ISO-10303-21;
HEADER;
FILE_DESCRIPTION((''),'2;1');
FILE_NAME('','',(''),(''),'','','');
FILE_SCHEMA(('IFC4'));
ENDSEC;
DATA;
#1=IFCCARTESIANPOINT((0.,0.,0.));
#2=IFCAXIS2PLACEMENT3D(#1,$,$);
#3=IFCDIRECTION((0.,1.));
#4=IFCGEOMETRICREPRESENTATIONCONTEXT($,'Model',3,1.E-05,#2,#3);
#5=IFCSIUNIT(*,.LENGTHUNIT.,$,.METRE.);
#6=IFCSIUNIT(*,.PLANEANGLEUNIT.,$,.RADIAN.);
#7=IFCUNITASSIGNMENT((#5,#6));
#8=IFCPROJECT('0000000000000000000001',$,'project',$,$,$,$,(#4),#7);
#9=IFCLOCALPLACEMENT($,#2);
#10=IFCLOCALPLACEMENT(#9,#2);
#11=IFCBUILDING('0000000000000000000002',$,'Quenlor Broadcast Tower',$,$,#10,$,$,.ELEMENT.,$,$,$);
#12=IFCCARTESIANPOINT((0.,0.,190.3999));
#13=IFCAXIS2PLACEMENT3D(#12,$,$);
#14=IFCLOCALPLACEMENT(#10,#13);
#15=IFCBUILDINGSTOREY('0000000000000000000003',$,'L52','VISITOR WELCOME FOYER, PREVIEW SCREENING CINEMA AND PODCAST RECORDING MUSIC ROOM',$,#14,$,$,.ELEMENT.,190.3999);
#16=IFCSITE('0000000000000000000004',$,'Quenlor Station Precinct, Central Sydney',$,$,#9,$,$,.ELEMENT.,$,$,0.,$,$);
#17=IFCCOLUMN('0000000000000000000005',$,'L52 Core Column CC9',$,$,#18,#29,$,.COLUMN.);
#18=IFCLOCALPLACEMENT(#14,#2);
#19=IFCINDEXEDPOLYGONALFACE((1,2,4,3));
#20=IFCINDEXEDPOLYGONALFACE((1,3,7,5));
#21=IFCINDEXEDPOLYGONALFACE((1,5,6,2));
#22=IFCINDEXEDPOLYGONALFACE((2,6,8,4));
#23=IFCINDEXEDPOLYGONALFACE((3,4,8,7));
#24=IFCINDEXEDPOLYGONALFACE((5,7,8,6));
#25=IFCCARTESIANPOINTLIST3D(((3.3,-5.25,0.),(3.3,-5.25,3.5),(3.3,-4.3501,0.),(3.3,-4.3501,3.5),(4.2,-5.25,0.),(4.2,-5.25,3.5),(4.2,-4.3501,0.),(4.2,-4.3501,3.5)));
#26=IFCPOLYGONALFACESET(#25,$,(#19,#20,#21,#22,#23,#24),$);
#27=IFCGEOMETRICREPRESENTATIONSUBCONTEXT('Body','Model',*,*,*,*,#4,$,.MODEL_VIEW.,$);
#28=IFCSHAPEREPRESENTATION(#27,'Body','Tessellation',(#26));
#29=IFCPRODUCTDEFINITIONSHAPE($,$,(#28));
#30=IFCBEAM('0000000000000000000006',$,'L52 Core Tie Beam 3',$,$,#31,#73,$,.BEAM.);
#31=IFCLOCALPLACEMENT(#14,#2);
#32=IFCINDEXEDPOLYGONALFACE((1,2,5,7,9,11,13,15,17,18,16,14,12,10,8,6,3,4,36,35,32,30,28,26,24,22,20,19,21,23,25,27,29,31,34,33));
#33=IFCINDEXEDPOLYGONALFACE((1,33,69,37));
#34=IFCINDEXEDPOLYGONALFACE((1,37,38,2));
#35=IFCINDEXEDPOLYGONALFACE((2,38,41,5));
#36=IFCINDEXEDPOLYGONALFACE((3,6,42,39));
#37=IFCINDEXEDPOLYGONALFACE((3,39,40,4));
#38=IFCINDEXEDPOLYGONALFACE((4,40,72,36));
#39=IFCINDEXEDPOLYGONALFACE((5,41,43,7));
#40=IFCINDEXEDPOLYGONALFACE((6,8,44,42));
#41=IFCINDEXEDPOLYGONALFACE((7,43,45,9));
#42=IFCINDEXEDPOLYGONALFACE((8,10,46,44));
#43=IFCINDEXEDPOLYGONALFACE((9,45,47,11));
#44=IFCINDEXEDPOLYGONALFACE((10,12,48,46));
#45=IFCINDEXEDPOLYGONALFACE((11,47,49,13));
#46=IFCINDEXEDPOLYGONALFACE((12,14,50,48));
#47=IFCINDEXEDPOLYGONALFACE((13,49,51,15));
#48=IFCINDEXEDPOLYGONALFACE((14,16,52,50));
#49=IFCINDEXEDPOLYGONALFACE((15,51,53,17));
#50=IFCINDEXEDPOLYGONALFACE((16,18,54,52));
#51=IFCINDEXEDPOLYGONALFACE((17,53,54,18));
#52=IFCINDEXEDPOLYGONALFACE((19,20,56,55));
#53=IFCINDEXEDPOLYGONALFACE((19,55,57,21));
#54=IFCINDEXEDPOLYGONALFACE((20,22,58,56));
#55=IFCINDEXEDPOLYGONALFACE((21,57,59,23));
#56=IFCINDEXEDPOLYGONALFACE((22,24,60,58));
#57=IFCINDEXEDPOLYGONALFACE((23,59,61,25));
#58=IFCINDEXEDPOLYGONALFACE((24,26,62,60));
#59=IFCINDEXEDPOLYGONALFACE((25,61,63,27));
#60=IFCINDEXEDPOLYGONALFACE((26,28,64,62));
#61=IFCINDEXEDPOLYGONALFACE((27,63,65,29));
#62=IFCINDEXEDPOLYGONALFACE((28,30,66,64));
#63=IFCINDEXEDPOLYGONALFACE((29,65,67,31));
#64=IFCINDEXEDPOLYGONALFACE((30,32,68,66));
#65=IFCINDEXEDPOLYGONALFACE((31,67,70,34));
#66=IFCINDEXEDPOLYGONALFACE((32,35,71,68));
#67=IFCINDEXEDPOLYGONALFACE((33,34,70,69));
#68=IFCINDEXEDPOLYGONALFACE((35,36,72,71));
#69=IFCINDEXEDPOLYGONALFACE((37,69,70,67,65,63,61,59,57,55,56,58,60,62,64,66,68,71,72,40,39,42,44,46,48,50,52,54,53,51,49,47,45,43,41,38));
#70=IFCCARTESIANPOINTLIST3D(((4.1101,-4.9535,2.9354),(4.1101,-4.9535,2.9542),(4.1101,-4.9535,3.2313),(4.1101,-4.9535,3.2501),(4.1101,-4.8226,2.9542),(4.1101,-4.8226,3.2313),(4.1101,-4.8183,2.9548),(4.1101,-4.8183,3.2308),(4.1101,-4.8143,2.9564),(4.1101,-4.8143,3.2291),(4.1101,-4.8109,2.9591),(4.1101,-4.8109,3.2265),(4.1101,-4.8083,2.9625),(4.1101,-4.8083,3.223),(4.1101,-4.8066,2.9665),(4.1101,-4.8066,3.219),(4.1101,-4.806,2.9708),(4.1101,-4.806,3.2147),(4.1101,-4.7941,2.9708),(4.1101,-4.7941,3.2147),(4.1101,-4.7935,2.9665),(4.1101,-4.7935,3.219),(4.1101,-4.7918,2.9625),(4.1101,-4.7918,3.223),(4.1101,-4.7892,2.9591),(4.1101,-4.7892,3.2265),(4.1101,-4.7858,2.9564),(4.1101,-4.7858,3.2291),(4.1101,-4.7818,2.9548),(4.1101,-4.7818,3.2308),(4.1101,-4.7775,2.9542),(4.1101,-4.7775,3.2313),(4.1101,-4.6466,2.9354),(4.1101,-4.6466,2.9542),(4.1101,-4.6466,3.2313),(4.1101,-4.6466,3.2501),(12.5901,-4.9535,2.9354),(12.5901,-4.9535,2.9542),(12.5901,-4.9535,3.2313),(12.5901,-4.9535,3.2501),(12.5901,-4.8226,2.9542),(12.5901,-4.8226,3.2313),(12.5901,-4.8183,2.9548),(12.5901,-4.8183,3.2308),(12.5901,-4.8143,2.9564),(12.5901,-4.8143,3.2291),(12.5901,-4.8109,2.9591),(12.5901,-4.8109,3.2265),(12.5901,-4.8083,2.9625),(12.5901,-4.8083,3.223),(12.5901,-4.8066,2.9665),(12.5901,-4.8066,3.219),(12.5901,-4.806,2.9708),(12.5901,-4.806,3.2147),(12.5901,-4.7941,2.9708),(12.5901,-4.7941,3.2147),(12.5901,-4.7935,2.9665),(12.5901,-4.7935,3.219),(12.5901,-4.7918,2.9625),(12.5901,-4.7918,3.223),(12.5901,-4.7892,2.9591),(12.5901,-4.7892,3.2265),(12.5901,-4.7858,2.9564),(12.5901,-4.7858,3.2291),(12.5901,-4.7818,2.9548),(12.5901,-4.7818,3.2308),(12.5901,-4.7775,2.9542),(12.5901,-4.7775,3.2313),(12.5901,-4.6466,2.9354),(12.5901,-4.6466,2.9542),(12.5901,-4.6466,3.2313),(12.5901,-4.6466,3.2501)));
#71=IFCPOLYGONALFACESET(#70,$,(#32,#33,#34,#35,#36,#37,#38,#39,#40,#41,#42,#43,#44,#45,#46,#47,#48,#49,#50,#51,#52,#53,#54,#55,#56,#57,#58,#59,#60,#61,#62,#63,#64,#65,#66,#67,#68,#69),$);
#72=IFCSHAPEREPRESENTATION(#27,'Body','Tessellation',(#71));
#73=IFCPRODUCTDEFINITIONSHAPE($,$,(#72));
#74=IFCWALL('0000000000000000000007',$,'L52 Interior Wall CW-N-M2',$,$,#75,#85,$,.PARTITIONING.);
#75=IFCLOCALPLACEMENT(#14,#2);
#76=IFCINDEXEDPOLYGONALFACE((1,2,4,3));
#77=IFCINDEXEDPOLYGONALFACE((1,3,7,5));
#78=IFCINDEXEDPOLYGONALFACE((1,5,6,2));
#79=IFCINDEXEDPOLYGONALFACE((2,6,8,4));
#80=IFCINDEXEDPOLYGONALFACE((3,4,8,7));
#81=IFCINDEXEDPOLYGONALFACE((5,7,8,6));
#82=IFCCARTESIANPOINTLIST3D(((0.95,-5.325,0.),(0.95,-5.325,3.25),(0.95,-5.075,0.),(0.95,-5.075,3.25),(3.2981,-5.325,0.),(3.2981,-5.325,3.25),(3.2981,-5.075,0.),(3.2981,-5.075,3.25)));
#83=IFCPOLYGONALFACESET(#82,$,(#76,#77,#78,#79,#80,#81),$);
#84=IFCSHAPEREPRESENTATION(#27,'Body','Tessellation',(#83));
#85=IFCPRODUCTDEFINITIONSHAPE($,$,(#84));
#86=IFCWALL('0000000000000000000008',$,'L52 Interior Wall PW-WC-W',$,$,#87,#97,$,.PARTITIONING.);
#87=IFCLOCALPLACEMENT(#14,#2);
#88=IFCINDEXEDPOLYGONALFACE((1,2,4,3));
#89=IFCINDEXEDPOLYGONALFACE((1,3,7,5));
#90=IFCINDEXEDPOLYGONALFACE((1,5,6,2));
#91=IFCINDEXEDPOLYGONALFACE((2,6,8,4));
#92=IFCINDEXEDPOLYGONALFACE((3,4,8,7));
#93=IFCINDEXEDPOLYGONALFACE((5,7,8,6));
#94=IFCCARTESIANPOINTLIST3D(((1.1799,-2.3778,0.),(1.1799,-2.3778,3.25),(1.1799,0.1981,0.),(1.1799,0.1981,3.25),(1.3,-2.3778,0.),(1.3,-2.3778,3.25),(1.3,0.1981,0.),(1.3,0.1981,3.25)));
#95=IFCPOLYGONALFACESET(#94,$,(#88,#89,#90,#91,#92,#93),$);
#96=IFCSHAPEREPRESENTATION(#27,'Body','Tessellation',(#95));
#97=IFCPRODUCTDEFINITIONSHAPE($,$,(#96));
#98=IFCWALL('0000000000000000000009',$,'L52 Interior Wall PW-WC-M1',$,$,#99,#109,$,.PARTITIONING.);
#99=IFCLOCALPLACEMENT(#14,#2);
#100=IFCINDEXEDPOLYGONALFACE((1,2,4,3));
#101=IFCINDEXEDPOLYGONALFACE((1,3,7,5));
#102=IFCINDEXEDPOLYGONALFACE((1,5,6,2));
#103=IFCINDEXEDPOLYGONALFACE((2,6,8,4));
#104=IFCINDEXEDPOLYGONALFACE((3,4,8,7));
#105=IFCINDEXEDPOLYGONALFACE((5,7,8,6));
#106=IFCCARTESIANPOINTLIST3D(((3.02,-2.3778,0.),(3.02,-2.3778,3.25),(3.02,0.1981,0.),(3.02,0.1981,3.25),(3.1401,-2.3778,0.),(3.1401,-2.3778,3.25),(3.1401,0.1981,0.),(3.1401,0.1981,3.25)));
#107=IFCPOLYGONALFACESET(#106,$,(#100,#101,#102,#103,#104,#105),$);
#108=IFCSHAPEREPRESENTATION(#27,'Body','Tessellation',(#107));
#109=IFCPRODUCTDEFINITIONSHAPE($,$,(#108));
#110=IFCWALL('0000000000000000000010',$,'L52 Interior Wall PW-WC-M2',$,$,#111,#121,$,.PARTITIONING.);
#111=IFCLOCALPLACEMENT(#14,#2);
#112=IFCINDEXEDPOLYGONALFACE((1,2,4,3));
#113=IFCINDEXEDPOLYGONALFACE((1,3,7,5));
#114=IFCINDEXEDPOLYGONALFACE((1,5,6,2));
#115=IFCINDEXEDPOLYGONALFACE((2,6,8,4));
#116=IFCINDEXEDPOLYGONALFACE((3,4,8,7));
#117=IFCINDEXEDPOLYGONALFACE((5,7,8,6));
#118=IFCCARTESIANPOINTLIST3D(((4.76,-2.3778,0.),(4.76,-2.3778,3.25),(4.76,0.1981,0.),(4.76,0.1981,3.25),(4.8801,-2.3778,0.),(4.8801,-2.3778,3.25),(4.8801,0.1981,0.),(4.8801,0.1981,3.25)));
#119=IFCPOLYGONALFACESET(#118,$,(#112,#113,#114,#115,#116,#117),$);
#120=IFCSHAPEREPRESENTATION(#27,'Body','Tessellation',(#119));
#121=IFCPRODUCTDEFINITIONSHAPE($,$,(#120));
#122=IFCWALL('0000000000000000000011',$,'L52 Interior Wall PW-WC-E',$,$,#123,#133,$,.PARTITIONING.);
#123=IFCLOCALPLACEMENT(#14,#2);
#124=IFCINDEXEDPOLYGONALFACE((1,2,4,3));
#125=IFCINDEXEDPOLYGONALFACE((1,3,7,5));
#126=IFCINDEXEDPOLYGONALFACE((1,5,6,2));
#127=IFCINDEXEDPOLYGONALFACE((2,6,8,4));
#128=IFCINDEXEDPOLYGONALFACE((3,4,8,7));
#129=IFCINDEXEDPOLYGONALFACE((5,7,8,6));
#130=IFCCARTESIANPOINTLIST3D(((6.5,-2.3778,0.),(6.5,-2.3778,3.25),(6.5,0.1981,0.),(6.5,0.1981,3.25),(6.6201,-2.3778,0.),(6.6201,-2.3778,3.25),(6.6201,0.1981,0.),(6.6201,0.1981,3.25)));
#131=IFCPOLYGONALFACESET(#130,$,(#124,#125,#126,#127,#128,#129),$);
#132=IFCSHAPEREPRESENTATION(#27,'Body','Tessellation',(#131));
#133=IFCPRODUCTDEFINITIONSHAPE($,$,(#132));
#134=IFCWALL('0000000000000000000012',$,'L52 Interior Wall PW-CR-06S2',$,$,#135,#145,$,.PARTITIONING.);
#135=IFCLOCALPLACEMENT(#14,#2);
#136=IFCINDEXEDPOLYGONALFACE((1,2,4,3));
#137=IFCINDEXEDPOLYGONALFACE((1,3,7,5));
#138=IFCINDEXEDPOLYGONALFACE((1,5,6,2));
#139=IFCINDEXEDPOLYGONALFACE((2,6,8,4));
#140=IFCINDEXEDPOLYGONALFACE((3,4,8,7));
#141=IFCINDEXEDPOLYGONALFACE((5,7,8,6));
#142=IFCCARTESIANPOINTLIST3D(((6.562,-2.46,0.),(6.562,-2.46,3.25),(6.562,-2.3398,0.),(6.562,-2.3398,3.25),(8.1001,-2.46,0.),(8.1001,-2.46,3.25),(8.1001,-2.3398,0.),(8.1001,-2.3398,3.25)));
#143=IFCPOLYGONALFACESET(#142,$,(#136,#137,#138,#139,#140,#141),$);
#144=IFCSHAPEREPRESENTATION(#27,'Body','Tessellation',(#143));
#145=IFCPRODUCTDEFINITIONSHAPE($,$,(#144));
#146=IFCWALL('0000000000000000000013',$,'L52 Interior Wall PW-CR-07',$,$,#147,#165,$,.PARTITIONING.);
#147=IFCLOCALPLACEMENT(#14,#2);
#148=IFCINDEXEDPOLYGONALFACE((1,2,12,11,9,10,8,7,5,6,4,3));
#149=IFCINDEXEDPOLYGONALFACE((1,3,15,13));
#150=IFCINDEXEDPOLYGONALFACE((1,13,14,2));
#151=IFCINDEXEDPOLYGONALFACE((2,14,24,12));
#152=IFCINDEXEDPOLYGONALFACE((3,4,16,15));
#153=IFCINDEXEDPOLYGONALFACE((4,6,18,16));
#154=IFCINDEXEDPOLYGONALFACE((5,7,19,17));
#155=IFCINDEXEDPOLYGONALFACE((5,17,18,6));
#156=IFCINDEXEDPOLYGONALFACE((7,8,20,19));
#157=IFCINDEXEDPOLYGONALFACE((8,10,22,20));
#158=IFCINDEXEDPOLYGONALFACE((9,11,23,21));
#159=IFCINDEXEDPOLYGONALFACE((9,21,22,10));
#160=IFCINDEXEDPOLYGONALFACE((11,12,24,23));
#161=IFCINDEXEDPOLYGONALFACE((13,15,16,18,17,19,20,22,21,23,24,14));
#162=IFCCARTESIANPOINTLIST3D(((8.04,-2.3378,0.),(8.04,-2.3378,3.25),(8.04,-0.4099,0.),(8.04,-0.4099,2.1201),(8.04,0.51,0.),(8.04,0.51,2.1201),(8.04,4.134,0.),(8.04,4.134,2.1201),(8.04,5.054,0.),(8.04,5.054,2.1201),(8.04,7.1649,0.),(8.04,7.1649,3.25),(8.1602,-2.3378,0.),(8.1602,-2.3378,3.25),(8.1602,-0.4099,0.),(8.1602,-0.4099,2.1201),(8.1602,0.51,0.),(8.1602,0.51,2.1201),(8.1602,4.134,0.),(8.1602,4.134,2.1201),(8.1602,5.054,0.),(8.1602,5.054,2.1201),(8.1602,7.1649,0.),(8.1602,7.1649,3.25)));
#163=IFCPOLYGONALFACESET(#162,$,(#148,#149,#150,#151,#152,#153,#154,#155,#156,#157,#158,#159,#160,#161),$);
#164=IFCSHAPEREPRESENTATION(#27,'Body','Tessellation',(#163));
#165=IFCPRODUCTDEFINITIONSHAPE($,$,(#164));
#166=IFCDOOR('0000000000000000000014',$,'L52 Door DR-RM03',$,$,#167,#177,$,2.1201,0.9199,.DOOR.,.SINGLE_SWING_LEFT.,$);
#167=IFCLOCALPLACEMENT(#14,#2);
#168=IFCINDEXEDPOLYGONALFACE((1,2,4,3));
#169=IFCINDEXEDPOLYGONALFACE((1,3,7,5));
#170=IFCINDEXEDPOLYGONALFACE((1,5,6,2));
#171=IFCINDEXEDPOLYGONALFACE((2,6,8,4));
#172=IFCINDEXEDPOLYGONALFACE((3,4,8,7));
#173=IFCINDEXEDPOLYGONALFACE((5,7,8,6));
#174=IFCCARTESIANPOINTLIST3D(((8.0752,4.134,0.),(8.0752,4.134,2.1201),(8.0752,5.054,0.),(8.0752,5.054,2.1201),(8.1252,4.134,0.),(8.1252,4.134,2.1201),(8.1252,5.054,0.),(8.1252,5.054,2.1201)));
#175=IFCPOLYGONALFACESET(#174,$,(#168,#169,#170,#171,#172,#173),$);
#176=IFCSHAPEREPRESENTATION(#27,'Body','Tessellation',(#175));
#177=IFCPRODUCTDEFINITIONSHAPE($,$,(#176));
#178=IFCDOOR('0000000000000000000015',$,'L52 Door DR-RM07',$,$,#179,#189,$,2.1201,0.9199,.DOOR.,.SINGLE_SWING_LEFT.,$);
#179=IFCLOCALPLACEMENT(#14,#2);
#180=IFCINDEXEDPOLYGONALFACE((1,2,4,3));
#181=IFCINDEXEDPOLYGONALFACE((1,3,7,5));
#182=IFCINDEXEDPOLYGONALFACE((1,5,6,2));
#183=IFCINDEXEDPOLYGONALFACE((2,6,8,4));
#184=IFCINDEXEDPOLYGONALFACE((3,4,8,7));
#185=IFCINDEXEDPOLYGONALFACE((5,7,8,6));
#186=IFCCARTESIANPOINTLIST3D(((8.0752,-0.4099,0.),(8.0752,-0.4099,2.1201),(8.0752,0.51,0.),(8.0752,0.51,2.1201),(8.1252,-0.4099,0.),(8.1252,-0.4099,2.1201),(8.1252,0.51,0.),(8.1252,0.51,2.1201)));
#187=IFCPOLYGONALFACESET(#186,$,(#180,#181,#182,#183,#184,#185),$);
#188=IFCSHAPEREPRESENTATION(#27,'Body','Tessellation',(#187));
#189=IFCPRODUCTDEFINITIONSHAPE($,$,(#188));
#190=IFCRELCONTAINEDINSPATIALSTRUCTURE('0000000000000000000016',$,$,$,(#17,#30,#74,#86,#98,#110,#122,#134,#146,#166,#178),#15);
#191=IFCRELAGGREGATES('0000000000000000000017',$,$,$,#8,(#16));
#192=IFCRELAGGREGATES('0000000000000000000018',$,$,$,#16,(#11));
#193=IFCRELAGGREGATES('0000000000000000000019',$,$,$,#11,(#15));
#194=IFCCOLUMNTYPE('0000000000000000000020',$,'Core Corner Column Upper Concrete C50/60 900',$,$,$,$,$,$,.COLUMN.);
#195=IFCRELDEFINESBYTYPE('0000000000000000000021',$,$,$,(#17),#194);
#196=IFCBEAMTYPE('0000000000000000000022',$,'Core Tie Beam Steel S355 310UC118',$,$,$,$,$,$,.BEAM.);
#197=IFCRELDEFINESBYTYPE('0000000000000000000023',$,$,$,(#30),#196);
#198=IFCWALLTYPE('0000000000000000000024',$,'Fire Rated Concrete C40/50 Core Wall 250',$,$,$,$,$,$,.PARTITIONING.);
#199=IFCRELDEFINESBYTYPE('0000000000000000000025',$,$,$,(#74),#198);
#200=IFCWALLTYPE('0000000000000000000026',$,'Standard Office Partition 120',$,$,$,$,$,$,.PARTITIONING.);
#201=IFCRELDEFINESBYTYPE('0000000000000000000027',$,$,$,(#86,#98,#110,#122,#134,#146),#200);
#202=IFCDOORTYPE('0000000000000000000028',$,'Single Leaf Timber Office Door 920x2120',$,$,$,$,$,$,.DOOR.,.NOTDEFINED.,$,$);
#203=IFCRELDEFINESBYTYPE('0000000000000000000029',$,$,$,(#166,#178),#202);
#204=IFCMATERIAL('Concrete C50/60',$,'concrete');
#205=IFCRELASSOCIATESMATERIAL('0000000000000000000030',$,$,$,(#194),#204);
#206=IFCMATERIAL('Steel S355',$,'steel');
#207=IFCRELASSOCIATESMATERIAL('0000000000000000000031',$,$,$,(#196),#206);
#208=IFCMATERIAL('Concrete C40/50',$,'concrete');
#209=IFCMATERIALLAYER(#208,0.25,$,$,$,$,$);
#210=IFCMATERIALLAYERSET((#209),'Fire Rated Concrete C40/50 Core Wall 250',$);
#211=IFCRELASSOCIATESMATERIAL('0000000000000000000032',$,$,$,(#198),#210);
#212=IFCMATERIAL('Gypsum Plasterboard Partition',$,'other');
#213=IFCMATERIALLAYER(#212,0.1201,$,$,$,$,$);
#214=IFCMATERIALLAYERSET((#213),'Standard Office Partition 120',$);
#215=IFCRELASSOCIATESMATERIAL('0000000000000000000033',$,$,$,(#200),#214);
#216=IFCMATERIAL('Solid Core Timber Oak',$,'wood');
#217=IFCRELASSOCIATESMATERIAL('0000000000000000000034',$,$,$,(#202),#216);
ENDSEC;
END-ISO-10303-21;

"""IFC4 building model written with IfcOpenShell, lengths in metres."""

from ifc_helpers import new_model, si_unit, direction, frame, frame_2d, origin, origin_2d, place, context, subcontext, project, spatial, rectangle, i_section, extrude, material, layer, layer_set, material_profile, profile_set, type_object, element, fill, save


model = new_model("IFC4")

# Units and contexts
model_context = context("Model", 3, precision=1e-05, world=origin(), true_north=direction((0.0, 1.0)))
body_context = subcontext(model_context, "Body", "Model", "MODEL_VIEW")
ifc_project = project(units=[si_unit("LENGTHUNIT", "METRE"), si_unit("PLANEANGLEUNIT", "RADIAN")], contexts=[model_context])

# Site, building, storey
site_placement = place(None, origin())
site = spatial("IfcSite", under=ifc_project, at=site_placement, Name="Quenlor Station Precinct, Central Sydney", CompositionType="ELEMENT", RefElevation=0.0)
building_placement = place(site_placement, origin())
building = spatial("IfcBuilding", under=site, at=building_placement, Name="Quenlor Broadcast Tower", CompositionType="ELEMENT")
storey_placement = place(building_placement, frame((0.0, 0.0, 190.3999)))
storey = spatial("IfcBuildingStorey", under=building, at=storey_placement, Name="L52", Description="VISITOR WELCOME FOYER, PREVIEW SCREENING CINEMA AND PODCAST RECORDING MUSIC ROOM", CompositionType="ELEMENT", Elevation=190.3999)

# Column
ifc_material_1 = material(Name="Concrete C50/60", Category="concrete")
ifc_material_profile_1 = material_profile(ifc_material_1, rectangle(XDim=0.8999, YDim=0.8999, at=origin_2d()))
ifc_profile_set_1 = profile_set([ifc_material_profile_1], Name="Concrete C50/60 RC900x900")
column_type = type_object("IfcColumnType", Name="Core Corner Column Upper Concrete C50/60 900", PredefinedType="COLUMN", material=ifc_profile_set_1)
column_placement = place(storey_placement, frame((3.75, -4.8, 0.0), z_axis=(0.0, 0.0, 1.0), x_axis=(1.0, 0.0, 0.0)))
element("IfcColumn", 1, at=column_placement, inside=storey, type_object=column_type, Name="L52 Core Column CC9", PredefinedType="COLUMN", context=body_context, shape_type="SweptSolid", body=[
    extrude(rectangle(XDim=0.8999, YDim=0.8999, at=origin_2d()), origin(), (0.0, 0.0, 1.0), 3.5),
])

# Beam
ifc_material_2 = material(Name="Steel S355", Category="steel")
ifc_material_profile_2 = material_profile(ifc_material_2, i_section(OverallWidth=0.3069, OverallDepth=0.3147, WebThickness=0.012, FlangeThickness=0.0188, FilletRadius=0.0166, at=origin_2d()))
ifc_profile_set_2 = profile_set([ifc_material_profile_2], Name="Steel S355 310UC118")
beam_type = type_object("IfcBeamType", Name="Core Tie Beam Steel S355 310UC118", PredefinedType="BEAM", material=ifc_profile_set_2)
beam_placement = place(storey_placement, frame((4.1101, -4.8, 3.0928), z_axis=(1.0, 0.0, 0.0), x_axis=(0.0, 1.0, 0.0)))
element("IfcBeam", 2, at=beam_placement, inside=storey, type_object=beam_type, Name="L52 Core Tie Beam 3", PredefinedType="BEAM", context=body_context, shape_type="SweptSolid", body=[
    extrude(i_section(OverallWidth=0.3069, OverallDepth=0.3147, WebThickness=0.012, FlangeThickness=0.0188, FilletRadius=0.0166, at=origin_2d()), origin(), (0.0, 0.0, 1.0), 8.48),
])

# Shared definitions
ifc_material_3 = material(Name="Concrete C40/50", Category="concrete")
ifc_layer_1 = layer(ifc_material_3, 0.25)
ifc_layer_set_1 = layer_set([ifc_layer_1], Name="Fire Rated Concrete C40/50 Core Wall 250")
wall_type_1 = type_object("IfcWallType", Name="Fire Rated Concrete C40/50 Core Wall 250", PredefinedType="PARTITIONING", material=ifc_layer_set_1)

# Wall
wall_1_placement = place(storey_placement, frame((0.95, -5.2, 0.0), z_axis=(0.0, 0.0, 1.0), x_axis=(1.0, 0.0, 0.0)))
element("IfcWall", 3, at=wall_1_placement, inside=storey, type_object=wall_type_1, Name="L52 Interior Wall CW-N-M2", PredefinedType="PARTITIONING", context=body_context, shape_type="SweptSolid", body=[
    extrude(rectangle(XDim=2.3481, YDim=0.25, at=frame_2d((1.1741, 0.0))), origin(), (0.0, 0.0, 1.0), 3.25),
])

# Shared definitions
ifc_material_4 = material(Name="Gypsum Plasterboard Partition", Category="other")
ifc_layer_2 = layer(ifc_material_4, 0.1201)
ifc_layer_set_2 = layer_set([ifc_layer_2], Name="Standard Office Partition 120")
wall_type_2 = type_object("IfcWallType", Name="Standard Office Partition 120", PredefinedType="PARTITIONING", material=ifc_layer_set_2)

# Walls
for number, where, z_axis, x_axis, name in (
    (4, (1.24, -2.3779, 0.0), (0.0, 0.0, 1.0), (0.0, 1.0, 0.0), "L52 Interior Wall PW-WC-W"),
    (5, (3.0801, -2.3779, 0.0), (0.0, 0.0, 1.0), (0.0, 1.0, 0.0), "L52 Interior Wall PW-WC-M1"),
    (6, (4.8201, -2.3779, 0.0), (0.0, 0.0, 1.0), (0.0, 1.0, 0.0), "L52 Interior Wall PW-WC-M2"),
    (7, (6.5601, -2.3779, 0.0), (0.0, 0.0, 1.0), (0.0, 1.0, 0.0), "L52 Interior Wall PW-WC-E"),
):
    element("IfcWall", number, at=place(storey_placement, frame(where, z_axis=z_axis, x_axis=x_axis)), inside=storey, type_object=wall_type_2, Name=name, PredefinedType="PARTITIONING", context=body_context, shape_type="SweptSolid", body=[
        extrude(rectangle(XDim=2.5759, YDim=0.1201, at=frame_2d((1.2881, 0.0))), origin(), (0.0, 0.0, 1.0), 3.25),
    ])
wall_2_placement = place(storey_placement, frame((6.562, -2.3999, 0.0), z_axis=(0.0, 0.0, 1.0), x_axis=(1.0, 0.0, 0.0)))
element("IfcWall", 8, at=wall_2_placement, inside=storey, type_object=wall_type_2, Name="L52 Interior Wall PW-CR-06S2", PredefinedType="PARTITIONING", context=body_context, shape_type="SweptSolid", body=[
    extrude(rectangle(XDim=1.5381, YDim=0.1201, at=frame_2d((0.769, 0.0))), origin(), (0.0, 0.0, 1.0), 3.25),
])

# Wall, openings, doors
wall_3_placement = place(storey_placement, frame((8.1001, -2.3379, 0.0), z_axis=(0.0, 0.0, 1.0), x_axis=(0.0, 1.0, 0.0)))
wall_3 = element("IfcWall", 9, at=wall_3_placement, inside=storey, type_object=wall_type_2, Name="L52 Interior Wall PW-CR-07", PredefinedType="PARTITIONING", context=body_context, shape_type="SweptSolid", body=[
    extrude(rectangle(XDim=9.5027, YDim=0.1201, at=frame_2d((4.7515, 0.0))), origin(), (0.0, 0.0, 1.0), 3.25),
])
opening_1_placement = place(wall_3_placement, frame((6.4719, 0.0, 0.0)))
opening_1 = element("IfcOpeningElement", 10, at=opening_1_placement, cuts=wall_3, PredefinedType="OPENING", context=body_context, shape_type="SweptSolid", body=[
    extrude(rectangle(XDim=0.9199, YDim=2.1201, at=frame_2d((0.46, 1.0601))), frame((0.0, 0.0701, 0.0), z_axis=(0.0, -1.0, 0.0), x_axis=(1.0, 0.0, 0.0)), (0.0, 0.0, 1.0), 0.1401),
])
opening_2_placement = place(wall_3_placement, frame((1.928, 0.0, 0.0)))
opening_2 = element("IfcOpeningElement", 11, at=opening_2_placement, cuts=wall_3, PredefinedType="OPENING", context=body_context, shape_type="SweptSolid", body=[
    extrude(rectangle(XDim=0.9199, YDim=2.1201, at=frame_2d((0.46, 1.0601))), frame((0.0, 0.0701, 0.0), z_axis=(0.0, -1.0, 0.0), x_axis=(1.0, 0.0, 0.0)), (0.0, 0.0, 1.0), 0.1401),
])
ifc_material_5 = material(Name="Solid Core Timber Oak", Category="wood")
door_type_1 = type_object("IfcDoorType", Name="Single Leaf Timber Office Door 920x2120", OperationType="NOTDEFINED", PredefinedType="DOOR", material=ifc_material_5)
door_1_placement = place(opening_1_placement, origin())
door_1 = element("IfcDoor", 12, at=door_1_placement, inside=storey, type_object=door_type_1, Name="L52 Door DR-RM03", OperationType="SINGLE_SWING_LEFT", OverallHeight=2.1201, OverallWidth=0.9199, PredefinedType="DOOR", context=body_context, shape_type="SweptSolid", body=[
    extrude(rectangle(XDim=0.9199, YDim=2.1201, at=frame_2d((0.46, 1.0601))), frame((0.0, 0.0249, 0.0), z_axis=(0.0, -1.0, 0.0), x_axis=(1.0, 0.0, 0.0)), (0.0, 0.0, 1.0), 0.05),
])
fill(opening_1, door_1)
door_2_placement = place(opening_2_placement, origin())
door_2 = element("IfcDoor", 13, at=door_2_placement, inside=storey, type_object=door_type_1, Name="L52 Door DR-RM07", OperationType="SINGLE_SWING_LEFT", OverallHeight=2.1201, OverallWidth=0.9199, PredefinedType="DOOR", context=body_context, shape_type="SweptSolid", body=[
    extrude(rectangle(XDim=0.9199, YDim=2.1201, at=frame_2d((0.46, 1.0601))), frame((0.0, 0.0249, 0.0), z_axis=(0.0, -1.0, 0.0), x_axis=(1.0, 0.0, 0.0)), (0.0, 0.0, 1.0), 0.05),
])
fill(opening_2, door_2)

save(model, "model.ifc")
